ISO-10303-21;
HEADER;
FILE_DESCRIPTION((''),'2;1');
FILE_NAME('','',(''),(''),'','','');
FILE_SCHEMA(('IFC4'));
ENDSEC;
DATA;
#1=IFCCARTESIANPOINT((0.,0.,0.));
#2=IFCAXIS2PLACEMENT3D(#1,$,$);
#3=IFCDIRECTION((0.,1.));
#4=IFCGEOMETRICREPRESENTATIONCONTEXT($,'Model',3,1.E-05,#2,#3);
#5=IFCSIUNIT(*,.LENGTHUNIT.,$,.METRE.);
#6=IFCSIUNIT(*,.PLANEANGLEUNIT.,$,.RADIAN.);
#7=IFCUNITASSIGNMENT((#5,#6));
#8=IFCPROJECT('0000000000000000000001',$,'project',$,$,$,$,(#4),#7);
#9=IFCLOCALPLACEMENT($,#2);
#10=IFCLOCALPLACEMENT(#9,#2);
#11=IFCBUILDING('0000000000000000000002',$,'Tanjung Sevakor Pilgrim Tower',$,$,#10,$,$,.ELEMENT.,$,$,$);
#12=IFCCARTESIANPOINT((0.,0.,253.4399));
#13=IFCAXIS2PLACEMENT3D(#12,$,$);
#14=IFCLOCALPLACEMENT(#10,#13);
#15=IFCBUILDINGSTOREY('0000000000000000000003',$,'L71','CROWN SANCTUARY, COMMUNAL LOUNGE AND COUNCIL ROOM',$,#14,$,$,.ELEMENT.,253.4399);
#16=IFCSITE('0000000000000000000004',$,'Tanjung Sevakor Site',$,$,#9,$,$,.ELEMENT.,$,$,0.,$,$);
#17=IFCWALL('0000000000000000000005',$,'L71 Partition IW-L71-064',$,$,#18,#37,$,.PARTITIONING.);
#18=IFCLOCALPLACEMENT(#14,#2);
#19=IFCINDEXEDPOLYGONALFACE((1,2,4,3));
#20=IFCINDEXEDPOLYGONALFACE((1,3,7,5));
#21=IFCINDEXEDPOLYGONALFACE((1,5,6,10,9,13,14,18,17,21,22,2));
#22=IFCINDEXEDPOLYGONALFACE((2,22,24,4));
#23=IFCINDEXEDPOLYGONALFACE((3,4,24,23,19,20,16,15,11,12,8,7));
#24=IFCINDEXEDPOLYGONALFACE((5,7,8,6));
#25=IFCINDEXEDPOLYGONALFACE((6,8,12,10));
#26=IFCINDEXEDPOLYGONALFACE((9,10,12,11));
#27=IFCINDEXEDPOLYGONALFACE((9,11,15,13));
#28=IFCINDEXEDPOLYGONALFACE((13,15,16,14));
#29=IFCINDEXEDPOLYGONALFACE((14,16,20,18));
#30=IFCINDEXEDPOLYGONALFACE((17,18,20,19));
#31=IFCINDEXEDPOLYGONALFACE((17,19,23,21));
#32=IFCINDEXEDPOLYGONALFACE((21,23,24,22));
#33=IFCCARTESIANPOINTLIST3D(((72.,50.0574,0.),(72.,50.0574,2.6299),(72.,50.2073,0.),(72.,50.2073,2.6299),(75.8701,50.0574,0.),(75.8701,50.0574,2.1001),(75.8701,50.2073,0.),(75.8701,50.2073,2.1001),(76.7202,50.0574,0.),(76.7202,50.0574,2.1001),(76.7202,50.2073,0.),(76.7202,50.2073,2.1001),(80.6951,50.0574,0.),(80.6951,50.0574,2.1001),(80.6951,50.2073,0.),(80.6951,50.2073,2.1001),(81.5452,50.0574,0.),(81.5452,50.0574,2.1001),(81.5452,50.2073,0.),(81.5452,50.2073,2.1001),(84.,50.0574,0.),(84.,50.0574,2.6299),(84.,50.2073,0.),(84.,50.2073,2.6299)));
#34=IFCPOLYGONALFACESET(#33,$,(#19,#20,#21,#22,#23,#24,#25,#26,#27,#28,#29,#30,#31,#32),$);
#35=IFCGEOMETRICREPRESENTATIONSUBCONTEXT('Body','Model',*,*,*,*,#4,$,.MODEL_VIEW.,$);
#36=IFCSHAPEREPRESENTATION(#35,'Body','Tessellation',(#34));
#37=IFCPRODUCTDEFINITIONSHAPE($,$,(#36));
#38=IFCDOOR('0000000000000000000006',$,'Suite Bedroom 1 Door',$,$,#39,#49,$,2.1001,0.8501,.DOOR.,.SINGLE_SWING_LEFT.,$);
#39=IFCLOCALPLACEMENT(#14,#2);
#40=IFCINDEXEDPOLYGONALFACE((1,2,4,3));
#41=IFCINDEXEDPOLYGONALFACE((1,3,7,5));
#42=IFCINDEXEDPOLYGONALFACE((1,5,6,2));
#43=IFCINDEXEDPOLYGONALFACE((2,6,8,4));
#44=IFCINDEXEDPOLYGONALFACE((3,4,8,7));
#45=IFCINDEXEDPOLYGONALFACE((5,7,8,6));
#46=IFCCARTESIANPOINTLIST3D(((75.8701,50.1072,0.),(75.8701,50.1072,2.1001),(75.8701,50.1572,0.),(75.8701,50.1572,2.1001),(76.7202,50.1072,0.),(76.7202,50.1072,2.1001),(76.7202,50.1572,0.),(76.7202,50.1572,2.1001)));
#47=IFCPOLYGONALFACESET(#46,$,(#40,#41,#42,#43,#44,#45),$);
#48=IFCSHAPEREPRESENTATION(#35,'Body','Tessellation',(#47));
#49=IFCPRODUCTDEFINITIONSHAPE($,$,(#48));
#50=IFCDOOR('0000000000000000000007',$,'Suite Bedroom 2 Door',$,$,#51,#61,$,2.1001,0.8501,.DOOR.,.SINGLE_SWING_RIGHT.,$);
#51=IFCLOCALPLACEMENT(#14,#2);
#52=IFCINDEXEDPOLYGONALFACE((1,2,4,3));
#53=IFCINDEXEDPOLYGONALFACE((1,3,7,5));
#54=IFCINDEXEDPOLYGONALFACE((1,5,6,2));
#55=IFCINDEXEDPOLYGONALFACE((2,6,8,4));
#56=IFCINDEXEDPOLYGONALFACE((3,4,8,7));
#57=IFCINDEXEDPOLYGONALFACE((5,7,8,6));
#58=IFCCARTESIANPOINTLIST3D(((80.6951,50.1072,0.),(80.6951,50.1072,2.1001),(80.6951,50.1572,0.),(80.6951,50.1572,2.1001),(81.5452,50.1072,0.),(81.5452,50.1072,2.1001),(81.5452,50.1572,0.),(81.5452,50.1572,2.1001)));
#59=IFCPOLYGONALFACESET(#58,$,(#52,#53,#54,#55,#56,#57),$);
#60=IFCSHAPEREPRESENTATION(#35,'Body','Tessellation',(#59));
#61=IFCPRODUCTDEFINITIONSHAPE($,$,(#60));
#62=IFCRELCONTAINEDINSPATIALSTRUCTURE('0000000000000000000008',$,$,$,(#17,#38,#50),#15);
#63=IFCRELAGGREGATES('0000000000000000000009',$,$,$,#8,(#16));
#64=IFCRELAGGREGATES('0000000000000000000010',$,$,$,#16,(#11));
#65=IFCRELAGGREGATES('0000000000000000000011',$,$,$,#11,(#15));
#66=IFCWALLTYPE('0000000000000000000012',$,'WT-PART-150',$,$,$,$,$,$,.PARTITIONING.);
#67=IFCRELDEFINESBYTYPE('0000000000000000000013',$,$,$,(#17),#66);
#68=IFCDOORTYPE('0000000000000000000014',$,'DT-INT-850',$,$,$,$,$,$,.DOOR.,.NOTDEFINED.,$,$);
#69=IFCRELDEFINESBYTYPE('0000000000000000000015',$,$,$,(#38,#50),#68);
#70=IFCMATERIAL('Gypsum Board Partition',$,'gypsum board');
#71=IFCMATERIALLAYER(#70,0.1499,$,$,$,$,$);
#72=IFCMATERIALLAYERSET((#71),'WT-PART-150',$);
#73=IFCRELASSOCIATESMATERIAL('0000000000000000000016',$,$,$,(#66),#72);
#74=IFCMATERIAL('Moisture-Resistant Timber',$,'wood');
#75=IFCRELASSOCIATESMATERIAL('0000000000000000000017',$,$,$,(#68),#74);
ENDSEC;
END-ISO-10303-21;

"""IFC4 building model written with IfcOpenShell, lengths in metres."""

from ifc_helpers import new_model, si_unit, direction, frame, frame_2d, origin, place, context, subcontext, project, spatial, rectangle, extrude, material, layer, layer_set, type_object, element, fill, save


model = new_model("IFC4")

# Units and contexts
model_context = context("Model", 3, precision=1e-05, world=origin(), true_north=direction((0.0, 1.0)))
body_context = subcontext(model_context, "Body", "Model", "MODEL_VIEW")
ifc_project = project(units=[si_unit("LENGTHUNIT", "METRE"), si_unit("PLANEANGLEUNIT", "RADIAN")], contexts=[model_context])

# Site, building, storey
site_placement = place(None, origin())
site = spatial("IfcSite", under=ifc_project, at=site_placement, Name="Tanjung Sevakor Site", CompositionType="ELEMENT", RefElevation=0.0)
building_placement = place(site_placement, origin())
building = spatial("IfcBuilding", under=site, at=building_placement, Name="Tanjung Sevakor Pilgrim Tower", CompositionType="ELEMENT")
storey_placement = place(building_placement, frame((0.0, 0.0, 253.4399)))
storey = spatial("IfcBuildingStorey", under=building, at=storey_placement, Name="L71", Description="CROWN SANCTUARY, COMMUNAL LOUNGE AND COUNCIL ROOM", CompositionType="ELEMENT", Elevation=253.4399)

# Shared definitions
ifc_material_1 = material(Name="Gypsum Board Partition", Category="gypsum board")
ifc_layer_1 = layer(ifc_material_1, 0.1499)
ifc_layer_set_1 = layer_set([ifc_layer_1], Name="WT-PART-150")
wall_type_1 = type_object("IfcWallType", Name="WT-PART-150", PredefinedType="PARTITIONING", material=ifc_layer_set_1)

# Wall, openings, doors
wall_1_placement = place(storey_placement, frame((72.0, 50.1323, 0.0), z_axis=(0.0, 0.0, 1.0), x_axis=(1.0, 0.0, 0.0)))
wall_1 = element("IfcWall", 1, at=wall_1_placement, inside=storey, type_object=wall_type_1, Name="L71 Partition IW-L71-064", PredefinedType="PARTITIONING", context=body_context, shape_type="SweptSolid", body=[
    extrude(rectangle(XDim=12.0, YDim=0.1499, at=frame_2d((6.0, 0.0))), origin(), (0.0, 0.0, 1.0), 2.6299),
])
opening_1_placement = place(wall_1_placement, frame((3.8701, 0.0, 0.0)))
opening_1 = element("IfcOpeningElement", 2, at=opening_1_placement, cuts=wall_1, PredefinedType="OPENING", context=body_context, shape_type="SweptSolid", body=[
    extrude(rectangle(XDim=0.8501, YDim=2.1001, at=frame_2d((0.425, 1.05))), frame((0.0, 0.085, 0.0), z_axis=(0.0, -1.0, 0.0), x_axis=(1.0, 0.0, 0.0)), (0.0, 0.0, 1.0), 0.1699),
])
opening_2_placement = place(wall_1_placement, frame((8.6951, 0.0, 0.0)))
opening_2 = element("IfcOpeningElement", 3, at=opening_2_placement, cuts=wall_1, PredefinedType="OPENING", context=body_context, shape_type="SweptSolid", body=[
    extrude(rectangle(XDim=0.8501, YDim=2.1001, at=frame_2d((0.425, 1.05))), frame((0.0, 0.085, 0.0), z_axis=(0.0, -1.0, 0.0), x_axis=(1.0, 0.0, 0.0)), (0.0, 0.0, 1.0), 0.1699),
])
ifc_material_2 = material(Name="Moisture-Resistant Timber", Category="wood")
door_type_1 = type_object("IfcDoorType", Name="DT-INT-850", OperationType="NOTDEFINED", PredefinedType="DOOR", material=ifc_material_2)
door_1_placement = place(opening_1_placement, origin())
door_1 = element("IfcDoor", 4, at=door_1_placement, inside=storey, type_object=door_type_1, Name="Suite Bedroom 1 Door", OperationType="SINGLE_SWING_LEFT", OverallHeight=2.1001, OverallWidth=0.8501, PredefinedType="DOOR", context=body_context, shape_type="SweptSolid", body=[
    extrude(rectangle(XDim=0.8501, YDim=2.1001, at=frame_2d((0.425, 1.05))), frame((0.0, 0.0249, 0.0), z_axis=(0.0, -1.0, 0.0), x_axis=(1.0, 0.0, 0.0)), (0.0, 0.0, 1.0), 0.05),
])
fill(opening_1, door_1)
door_2_placement = place(opening_2_placement, origin())
door_2 = element("IfcDoor", 5, at=door_2_placement, inside=storey, type_object=door_type_1, Name="Suite Bedroom 2 Door", OperationType="SINGLE_SWING_RIGHT", OverallHeight=2.1001, OverallWidth=0.8501, PredefinedType="DOOR", context=body_context, shape_type="SweptSolid", body=[
    extrude(rectangle(XDim=0.8501, YDim=2.1001, at=frame_2d((0.425, 1.05))), frame((0.0, 0.0249, 0.0), z_axis=(0.0, -1.0, 0.0), x_axis=(1.0, 0.0, 0.0)), (0.0, 0.0, 1.0), 0.05),
])
fill(opening_2, door_2)

save(model, "model.ifc")
